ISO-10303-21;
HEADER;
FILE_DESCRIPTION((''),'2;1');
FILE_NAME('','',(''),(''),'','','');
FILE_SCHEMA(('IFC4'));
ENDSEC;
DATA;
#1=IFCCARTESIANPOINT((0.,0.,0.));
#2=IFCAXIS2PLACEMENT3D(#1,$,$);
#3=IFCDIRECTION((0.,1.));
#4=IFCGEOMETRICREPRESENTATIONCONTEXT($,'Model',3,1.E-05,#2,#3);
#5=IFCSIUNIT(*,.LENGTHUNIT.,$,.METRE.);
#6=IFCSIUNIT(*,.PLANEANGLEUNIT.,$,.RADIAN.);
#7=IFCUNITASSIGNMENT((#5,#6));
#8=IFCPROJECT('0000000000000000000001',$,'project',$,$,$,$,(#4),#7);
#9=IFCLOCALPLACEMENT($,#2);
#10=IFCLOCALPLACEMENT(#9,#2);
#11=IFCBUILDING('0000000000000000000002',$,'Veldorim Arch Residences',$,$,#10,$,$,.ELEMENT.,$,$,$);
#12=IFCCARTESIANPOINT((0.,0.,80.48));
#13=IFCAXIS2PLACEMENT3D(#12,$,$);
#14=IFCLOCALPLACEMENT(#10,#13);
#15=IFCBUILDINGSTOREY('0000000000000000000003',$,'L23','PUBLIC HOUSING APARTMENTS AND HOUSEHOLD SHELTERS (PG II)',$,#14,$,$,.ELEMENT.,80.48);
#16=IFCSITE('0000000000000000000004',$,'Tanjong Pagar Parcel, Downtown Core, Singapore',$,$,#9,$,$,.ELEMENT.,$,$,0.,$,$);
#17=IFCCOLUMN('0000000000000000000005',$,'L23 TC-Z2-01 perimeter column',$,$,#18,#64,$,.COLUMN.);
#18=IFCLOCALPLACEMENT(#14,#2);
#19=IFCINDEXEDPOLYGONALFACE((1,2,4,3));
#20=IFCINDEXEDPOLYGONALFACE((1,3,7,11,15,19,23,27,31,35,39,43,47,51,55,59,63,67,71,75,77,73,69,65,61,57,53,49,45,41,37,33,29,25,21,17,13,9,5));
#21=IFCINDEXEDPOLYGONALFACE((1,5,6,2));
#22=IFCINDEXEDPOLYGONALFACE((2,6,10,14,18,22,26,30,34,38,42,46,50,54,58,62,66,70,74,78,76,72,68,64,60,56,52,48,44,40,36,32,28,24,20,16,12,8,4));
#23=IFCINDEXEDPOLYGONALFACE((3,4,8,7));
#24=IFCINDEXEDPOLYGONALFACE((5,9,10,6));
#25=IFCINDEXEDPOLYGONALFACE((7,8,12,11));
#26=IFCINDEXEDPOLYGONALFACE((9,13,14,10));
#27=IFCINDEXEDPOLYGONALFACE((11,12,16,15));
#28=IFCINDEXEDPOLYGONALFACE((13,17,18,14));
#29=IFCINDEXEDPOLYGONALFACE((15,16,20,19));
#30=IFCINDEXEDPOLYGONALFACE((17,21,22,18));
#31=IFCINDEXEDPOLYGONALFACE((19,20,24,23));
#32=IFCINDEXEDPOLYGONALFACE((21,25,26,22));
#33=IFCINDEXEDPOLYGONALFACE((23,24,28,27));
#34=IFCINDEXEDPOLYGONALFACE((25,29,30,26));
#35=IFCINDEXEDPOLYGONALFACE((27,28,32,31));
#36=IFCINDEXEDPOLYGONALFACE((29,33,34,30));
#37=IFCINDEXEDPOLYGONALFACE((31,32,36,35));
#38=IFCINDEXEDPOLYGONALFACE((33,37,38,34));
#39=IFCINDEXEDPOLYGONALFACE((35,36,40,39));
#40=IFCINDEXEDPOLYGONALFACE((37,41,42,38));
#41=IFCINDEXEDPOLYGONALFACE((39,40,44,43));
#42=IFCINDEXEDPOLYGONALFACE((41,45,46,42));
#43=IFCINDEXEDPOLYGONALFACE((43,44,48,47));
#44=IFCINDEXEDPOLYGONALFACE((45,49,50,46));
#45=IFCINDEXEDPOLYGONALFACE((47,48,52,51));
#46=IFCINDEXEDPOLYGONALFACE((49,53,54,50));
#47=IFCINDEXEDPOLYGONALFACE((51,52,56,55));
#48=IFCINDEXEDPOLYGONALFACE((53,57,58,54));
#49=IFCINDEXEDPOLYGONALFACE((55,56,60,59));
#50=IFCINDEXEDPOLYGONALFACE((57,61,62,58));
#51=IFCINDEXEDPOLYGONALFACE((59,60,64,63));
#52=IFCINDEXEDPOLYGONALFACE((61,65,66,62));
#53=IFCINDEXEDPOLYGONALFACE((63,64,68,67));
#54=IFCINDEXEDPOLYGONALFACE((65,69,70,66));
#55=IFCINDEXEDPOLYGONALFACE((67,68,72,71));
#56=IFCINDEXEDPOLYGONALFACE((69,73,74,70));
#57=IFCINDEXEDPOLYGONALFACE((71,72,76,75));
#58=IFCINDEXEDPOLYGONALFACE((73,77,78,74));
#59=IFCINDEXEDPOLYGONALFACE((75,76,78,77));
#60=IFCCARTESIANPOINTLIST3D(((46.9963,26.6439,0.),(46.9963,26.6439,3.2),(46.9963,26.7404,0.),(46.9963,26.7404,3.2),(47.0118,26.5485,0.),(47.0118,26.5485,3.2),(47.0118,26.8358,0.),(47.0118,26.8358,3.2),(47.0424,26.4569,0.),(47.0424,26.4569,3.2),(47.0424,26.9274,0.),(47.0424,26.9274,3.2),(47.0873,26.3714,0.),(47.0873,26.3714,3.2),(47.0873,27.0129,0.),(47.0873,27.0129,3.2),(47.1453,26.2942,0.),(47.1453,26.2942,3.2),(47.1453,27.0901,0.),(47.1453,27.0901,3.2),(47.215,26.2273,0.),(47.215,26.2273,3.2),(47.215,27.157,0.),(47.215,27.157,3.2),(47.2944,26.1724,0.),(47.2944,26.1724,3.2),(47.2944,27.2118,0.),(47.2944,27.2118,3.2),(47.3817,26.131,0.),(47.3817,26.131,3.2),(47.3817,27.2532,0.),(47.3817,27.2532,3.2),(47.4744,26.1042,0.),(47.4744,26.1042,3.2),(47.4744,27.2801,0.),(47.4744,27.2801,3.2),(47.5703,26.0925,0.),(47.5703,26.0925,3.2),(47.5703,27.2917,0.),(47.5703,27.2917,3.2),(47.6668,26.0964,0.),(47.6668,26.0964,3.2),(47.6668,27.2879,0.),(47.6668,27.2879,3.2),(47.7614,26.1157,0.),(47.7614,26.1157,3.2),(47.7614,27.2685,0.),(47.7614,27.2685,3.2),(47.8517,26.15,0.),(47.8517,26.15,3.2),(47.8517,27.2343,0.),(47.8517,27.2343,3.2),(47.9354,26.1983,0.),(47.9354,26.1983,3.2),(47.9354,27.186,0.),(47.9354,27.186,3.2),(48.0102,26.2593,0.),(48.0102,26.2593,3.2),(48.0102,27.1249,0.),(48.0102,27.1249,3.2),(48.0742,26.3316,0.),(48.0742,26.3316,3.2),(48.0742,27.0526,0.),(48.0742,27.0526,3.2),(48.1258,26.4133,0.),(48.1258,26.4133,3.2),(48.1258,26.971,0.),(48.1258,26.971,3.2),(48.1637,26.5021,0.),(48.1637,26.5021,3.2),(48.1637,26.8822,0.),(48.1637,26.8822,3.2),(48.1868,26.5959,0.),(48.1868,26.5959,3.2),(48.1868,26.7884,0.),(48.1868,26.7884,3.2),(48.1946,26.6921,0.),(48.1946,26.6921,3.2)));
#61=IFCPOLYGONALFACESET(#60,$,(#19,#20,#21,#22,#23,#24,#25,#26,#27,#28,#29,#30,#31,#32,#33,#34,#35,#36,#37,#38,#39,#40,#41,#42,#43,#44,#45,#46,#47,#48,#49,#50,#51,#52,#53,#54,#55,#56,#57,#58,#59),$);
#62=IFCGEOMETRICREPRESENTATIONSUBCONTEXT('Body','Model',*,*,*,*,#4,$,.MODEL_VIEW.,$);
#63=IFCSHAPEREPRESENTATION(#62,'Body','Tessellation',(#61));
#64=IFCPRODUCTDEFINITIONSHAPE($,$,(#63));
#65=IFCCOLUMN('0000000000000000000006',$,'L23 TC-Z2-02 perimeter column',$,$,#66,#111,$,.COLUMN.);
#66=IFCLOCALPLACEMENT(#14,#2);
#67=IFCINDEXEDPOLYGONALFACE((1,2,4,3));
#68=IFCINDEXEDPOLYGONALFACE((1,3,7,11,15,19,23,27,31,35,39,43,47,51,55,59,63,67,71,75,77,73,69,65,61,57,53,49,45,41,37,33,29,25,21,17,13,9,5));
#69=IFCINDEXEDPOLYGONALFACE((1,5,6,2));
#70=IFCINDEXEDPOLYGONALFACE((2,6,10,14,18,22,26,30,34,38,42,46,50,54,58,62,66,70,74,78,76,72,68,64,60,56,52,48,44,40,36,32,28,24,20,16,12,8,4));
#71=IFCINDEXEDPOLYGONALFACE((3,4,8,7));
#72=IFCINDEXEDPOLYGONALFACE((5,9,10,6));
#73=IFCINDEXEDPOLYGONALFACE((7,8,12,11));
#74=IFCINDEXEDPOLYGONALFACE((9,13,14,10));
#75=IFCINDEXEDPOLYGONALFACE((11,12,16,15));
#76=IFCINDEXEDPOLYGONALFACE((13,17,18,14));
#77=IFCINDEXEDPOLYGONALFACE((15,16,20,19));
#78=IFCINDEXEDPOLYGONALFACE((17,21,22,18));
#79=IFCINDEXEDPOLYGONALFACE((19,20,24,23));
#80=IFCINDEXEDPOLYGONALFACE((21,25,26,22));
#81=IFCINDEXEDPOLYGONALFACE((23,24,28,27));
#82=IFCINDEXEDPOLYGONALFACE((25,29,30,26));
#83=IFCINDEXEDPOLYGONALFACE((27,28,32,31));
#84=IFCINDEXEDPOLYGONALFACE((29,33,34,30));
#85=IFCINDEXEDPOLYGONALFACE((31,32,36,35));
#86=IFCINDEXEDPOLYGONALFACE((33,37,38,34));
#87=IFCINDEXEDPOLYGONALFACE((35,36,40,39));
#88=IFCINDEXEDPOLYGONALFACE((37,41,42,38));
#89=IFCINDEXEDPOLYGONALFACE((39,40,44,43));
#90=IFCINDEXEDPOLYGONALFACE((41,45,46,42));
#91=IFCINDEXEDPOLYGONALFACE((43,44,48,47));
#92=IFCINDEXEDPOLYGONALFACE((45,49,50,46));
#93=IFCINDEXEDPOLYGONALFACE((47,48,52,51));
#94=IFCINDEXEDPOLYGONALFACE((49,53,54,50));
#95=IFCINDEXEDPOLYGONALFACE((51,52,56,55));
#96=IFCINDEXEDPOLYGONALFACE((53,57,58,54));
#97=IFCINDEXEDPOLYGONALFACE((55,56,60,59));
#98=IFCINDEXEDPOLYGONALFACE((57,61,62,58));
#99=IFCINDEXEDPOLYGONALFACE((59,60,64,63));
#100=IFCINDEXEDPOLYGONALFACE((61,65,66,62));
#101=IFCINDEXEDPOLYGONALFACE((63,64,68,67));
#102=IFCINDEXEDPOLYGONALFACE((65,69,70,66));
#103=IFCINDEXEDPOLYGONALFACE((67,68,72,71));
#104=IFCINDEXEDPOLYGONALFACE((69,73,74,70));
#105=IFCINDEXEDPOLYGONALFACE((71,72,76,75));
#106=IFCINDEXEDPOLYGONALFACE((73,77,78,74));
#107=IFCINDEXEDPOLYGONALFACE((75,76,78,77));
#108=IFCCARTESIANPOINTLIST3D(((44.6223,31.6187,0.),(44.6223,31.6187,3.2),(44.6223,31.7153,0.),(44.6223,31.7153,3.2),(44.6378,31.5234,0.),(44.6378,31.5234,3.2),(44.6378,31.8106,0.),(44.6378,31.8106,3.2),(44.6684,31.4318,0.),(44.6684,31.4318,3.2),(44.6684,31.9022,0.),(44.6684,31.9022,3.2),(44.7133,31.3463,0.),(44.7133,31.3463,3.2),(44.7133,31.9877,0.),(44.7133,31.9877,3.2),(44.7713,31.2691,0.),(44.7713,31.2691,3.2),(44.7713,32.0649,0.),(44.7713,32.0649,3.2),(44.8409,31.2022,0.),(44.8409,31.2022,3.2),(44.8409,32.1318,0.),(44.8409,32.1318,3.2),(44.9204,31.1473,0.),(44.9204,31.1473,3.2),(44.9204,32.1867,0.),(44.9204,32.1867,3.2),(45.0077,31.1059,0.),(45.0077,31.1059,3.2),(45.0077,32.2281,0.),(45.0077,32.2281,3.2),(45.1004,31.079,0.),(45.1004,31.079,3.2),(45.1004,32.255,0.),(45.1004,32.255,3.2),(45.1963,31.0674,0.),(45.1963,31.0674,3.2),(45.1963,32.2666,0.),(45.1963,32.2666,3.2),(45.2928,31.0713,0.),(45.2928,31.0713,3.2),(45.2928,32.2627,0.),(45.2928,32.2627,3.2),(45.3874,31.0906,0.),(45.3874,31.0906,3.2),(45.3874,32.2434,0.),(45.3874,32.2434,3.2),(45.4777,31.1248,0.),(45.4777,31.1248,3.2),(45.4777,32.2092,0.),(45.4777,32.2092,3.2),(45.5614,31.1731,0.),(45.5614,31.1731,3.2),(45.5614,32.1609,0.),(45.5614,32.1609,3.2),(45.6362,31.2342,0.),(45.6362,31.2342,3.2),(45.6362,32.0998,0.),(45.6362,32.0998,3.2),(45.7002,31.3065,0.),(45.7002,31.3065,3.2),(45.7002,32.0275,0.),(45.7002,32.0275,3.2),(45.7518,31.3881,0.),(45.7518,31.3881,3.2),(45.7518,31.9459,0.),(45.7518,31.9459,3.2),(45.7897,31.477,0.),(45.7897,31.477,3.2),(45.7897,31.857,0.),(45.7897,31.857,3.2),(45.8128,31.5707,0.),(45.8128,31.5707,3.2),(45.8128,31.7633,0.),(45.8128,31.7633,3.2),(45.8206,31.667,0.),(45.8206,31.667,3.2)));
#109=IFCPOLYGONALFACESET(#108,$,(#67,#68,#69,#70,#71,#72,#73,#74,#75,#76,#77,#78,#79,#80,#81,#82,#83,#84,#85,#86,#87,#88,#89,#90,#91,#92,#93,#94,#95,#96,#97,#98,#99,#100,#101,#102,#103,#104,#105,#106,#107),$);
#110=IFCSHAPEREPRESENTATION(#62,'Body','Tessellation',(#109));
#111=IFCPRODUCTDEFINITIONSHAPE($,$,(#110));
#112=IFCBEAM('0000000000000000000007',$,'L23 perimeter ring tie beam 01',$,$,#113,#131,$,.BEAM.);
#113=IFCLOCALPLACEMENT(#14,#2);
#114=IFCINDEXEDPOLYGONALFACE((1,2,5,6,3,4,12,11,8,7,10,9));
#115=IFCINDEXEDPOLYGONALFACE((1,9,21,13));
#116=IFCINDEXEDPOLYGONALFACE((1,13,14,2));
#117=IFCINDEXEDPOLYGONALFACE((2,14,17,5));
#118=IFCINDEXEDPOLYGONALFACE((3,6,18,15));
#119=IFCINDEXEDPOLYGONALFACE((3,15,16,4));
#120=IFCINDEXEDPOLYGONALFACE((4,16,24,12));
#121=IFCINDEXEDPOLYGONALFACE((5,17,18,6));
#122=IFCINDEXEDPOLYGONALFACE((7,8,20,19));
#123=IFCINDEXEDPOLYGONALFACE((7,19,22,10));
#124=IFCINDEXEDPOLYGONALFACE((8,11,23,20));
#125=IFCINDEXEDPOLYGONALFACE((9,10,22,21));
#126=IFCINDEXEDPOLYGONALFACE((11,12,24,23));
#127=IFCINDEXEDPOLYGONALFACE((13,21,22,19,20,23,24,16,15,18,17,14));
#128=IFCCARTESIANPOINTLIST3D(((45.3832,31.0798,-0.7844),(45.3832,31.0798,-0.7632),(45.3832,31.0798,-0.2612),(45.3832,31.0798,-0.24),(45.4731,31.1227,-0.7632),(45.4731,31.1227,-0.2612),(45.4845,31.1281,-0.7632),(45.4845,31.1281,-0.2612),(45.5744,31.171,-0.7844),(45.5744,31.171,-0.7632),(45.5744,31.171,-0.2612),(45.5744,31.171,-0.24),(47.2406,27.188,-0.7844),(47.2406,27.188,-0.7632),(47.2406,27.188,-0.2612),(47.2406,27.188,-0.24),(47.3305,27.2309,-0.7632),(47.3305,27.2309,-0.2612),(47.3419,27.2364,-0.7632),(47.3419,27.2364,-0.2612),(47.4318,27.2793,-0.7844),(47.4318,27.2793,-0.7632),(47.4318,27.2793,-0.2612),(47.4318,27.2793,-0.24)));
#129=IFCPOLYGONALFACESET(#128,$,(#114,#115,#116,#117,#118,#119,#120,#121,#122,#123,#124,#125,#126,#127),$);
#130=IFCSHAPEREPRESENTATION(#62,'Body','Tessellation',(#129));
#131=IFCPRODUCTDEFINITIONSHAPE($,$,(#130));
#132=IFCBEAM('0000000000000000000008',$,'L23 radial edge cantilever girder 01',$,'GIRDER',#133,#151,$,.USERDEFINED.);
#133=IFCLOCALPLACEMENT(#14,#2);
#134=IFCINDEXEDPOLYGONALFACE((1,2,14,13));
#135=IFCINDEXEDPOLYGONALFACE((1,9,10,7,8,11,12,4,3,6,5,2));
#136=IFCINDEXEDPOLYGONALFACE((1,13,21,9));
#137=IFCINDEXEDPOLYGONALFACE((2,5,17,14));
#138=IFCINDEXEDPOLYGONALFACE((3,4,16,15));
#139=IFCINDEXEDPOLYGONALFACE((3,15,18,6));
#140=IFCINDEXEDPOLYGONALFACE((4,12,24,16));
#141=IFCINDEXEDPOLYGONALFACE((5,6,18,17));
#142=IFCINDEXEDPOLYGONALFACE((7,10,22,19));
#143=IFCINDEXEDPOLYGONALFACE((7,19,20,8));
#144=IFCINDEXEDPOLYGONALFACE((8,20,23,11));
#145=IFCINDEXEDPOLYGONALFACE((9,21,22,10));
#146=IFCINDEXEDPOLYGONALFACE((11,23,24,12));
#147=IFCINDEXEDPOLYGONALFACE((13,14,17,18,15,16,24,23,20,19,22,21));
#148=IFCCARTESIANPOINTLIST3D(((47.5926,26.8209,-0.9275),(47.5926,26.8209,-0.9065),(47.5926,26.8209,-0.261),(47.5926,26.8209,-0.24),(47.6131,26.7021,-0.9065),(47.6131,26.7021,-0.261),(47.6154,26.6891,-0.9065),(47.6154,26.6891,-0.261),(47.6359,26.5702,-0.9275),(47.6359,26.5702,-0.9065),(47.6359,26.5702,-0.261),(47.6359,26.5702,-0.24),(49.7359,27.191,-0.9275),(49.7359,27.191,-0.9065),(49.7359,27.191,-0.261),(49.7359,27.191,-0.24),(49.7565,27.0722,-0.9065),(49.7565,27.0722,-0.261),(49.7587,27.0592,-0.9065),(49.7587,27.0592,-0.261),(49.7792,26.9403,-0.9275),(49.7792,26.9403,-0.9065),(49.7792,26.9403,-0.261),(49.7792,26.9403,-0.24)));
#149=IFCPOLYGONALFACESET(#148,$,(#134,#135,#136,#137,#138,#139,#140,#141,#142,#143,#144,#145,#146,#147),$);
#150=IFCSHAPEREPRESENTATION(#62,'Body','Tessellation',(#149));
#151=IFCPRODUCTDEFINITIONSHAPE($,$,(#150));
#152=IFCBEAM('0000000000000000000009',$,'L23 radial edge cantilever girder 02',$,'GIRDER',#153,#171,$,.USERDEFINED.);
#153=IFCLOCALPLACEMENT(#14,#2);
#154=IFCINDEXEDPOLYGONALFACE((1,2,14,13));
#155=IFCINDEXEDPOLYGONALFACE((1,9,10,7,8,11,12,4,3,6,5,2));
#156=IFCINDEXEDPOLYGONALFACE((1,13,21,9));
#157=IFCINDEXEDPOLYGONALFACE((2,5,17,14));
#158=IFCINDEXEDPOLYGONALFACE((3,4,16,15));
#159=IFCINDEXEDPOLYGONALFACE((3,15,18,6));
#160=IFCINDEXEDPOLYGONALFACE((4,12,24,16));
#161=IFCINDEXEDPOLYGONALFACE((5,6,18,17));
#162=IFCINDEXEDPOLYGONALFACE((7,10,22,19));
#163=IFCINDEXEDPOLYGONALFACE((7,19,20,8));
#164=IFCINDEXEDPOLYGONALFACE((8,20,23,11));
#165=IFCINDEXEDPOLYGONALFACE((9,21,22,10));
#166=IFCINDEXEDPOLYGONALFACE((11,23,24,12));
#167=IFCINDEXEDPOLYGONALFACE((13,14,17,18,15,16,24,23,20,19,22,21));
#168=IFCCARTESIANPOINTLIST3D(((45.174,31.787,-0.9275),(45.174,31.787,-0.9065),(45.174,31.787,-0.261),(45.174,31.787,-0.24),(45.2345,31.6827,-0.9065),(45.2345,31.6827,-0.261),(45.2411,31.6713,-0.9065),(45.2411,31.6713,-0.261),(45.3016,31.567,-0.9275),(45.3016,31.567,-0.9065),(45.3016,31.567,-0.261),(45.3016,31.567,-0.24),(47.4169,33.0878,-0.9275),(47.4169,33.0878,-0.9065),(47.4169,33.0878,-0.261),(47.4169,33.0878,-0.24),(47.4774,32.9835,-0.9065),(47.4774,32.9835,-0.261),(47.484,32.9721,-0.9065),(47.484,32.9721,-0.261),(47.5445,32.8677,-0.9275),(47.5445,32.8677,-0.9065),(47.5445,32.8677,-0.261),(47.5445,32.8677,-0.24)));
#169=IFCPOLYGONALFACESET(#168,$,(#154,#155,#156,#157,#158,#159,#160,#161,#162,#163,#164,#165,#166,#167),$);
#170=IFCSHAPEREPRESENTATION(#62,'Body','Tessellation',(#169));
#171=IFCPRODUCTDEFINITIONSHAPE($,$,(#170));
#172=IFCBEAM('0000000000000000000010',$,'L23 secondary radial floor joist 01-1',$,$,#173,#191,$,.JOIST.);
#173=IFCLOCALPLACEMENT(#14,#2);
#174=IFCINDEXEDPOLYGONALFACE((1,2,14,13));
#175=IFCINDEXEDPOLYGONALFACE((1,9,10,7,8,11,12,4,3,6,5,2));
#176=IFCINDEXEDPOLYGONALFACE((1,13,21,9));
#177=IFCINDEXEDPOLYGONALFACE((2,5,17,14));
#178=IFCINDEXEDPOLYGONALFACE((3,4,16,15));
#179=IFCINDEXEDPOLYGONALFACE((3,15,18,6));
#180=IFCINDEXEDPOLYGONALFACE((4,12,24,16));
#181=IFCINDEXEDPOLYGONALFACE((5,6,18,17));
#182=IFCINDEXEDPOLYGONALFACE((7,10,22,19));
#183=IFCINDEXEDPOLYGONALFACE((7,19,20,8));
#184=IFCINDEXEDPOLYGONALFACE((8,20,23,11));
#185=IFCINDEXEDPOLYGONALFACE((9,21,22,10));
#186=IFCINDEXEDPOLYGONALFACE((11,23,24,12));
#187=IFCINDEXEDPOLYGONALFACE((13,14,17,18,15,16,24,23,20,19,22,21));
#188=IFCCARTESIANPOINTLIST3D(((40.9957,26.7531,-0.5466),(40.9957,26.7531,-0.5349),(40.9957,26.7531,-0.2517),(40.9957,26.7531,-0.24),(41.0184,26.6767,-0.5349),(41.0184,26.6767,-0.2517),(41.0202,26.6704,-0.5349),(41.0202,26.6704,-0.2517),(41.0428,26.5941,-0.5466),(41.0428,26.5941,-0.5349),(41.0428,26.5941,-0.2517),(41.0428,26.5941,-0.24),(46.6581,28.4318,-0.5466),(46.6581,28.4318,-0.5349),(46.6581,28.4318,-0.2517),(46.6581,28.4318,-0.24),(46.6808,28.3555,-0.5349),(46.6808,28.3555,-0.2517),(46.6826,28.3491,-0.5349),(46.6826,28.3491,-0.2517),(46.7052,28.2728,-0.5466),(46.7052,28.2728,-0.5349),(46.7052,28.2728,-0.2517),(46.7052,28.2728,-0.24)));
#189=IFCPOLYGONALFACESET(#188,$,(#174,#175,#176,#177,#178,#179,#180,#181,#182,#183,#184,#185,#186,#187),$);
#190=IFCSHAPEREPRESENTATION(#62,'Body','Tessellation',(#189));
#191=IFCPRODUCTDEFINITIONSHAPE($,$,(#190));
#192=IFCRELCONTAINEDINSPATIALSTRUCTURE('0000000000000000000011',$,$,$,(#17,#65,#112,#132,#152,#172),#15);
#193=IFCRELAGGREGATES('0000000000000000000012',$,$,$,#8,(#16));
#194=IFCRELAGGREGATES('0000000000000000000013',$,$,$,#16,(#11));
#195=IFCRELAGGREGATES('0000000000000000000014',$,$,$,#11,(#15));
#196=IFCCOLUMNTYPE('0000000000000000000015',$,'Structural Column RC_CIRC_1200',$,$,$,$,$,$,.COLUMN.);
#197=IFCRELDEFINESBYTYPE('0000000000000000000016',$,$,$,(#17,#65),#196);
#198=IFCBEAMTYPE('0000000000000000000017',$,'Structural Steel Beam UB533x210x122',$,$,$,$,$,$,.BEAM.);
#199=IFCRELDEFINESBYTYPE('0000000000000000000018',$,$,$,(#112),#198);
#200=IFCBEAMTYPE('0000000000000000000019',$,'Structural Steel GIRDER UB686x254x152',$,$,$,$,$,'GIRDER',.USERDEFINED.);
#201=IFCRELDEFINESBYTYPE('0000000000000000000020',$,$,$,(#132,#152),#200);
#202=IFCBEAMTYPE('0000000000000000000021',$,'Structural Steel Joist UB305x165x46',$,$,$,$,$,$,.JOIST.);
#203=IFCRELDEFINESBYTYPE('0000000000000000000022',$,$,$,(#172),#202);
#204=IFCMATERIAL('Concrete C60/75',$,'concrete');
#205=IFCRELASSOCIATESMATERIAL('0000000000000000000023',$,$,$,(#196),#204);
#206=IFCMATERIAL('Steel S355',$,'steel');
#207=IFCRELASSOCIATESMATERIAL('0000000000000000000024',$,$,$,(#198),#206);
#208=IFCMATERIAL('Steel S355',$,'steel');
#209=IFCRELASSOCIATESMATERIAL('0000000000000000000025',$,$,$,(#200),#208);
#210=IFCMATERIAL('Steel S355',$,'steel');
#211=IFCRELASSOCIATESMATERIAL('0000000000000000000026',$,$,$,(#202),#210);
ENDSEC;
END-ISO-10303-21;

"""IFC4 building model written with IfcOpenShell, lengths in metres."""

from ifc_helpers import new_model, si_unit, direction, frame, origin, origin_2d, place, context, subcontext, project, spatial, circle, i_section, extrude, material, material_profile, profile_set, type_object, element, save


model = new_model("IFC4")

# Units and contexts
model_context = context("Model", 3, precision=1e-05, world=origin(), true_north=direction((0.0, 1.0)))
body_context = subcontext(model_context, "Body", "Model", "MODEL_VIEW")
ifc_project = project(units=[si_unit("LENGTHUNIT", "METRE"), si_unit("PLANEANGLEUNIT", "RADIAN")], contexts=[model_context])

# Site, building, storey
site_placement = place(None, origin())
site = spatial("IfcSite", under=ifc_project, at=site_placement, Name="Tanjong Pagar Parcel, Downtown Core, Singapore", CompositionType="ELEMENT", RefElevation=0.0)
building_placement = place(site_placement, origin())
building = spatial("IfcBuilding", under=site, at=building_placement, Name="Veldorim Arch Residences", CompositionType="ELEMENT")
storey_placement = place(building_placement, frame((0.0, 0.0, 80.48)))
storey = spatial("IfcBuildingStorey", under=building, at=storey_placement, Name="L23", Description="PUBLIC HOUSING APARTMENTS AND HOUSEHOLD SHELTERS (PG II)", CompositionType="ELEMENT", Elevation=80.48)

# Columns
ifc_material_1 = material(Name="Concrete C60/75", Category="concrete")
ifc_material_profile_1 = material_profile(ifc_material_1, circle(Radius=0.6001, at=origin_2d()), Name="RC_CIRC_1200")
ifc_profile_set_1 = profile_set([ifc_material_profile_1], Name="Concrete C60/75")
column_type = type_object("IfcColumnType", Name="Structural Column RC_CIRC_1200", PredefinedType="COLUMN", material=ifc_profile_set_1)
for number, where, z_axis, x_axis, name in (
    (1, (47.5945, 26.6921, 0.0), (0.0, 0.0, 1.0), (1.0, 0.0, 0.0), "L23 TC-Z2-01 perimeter column"),
    (2, (45.2205, 31.667, 0.0), (0.0, 0.0, 1.0), (1.0, 0.0, 0.0), "L23 TC-Z2-02 perimeter column"),
):
    element("IfcColumn", number, at=place(storey_placement, frame(where, z_axis=z_axis, x_axis=x_axis)), inside=storey, type_object=column_type, Name=name, PredefinedType="COLUMN", context=body_context, shape_type="SweptSolid", body=[
        extrude(circle(Radius=0.6001, at=origin_2d()), origin(), (0.0, 0.0, 1.0), 3.2),
    ])

# Beams
ifc_material_2 = material(Name="Steel S355", Category="steel")
ifc_material_profile_2 = material_profile(ifc_material_2, i_section(OverallWidth=0.2119, OverallDepth=0.5444, WebThickness=0.0127, FlangeThickness=0.0212, at=origin_2d()), Name="UB533x210x122")
ifc_profile_set_2 = profile_set([ifc_material_profile_2], Name="Steel S355")
beam_type_1 = type_object("IfcBeamType", Name="Structural Steel Beam UB533x210x122", PredefinedType="BEAM", material=ifc_profile_set_2)
beam_1_placement = place(storey_placement, frame((47.3362, 27.2336, -0.5122), z_axis=(-0.43072, 0.902486, 0.0), x_axis=(-0.902486, -0.43072, 0.0)))
element("IfcBeam", 3, at=beam_1_placement, inside=storey, type_object=beam_type_1, Name="L23 perimeter ring tie beam 01", PredefinedType="BEAM", context=body_context, shape_type="SweptSolid", body=[
    extrude(i_section(OverallWidth=0.2119, OverallDepth=0.5444, WebThickness=0.0127, FlangeThickness=0.0212, at=origin_2d()), origin(), (0.0, 0.0, 1.0), 4.3123),
])
ifc_material_3 = material(Name="Steel S355", Category="steel")
ifc_material_profile_3 = material_profile(ifc_material_3, i_section(OverallWidth=0.2544, OverallDepth=0.6875, WebThickness=0.0132, FlangeThickness=0.021, at=origin_2d()), Name="UB686x254x152")
ifc_profile_set_3 = profile_set([ifc_material_profile_3], Name="Steel S355")
beam_type_2 = type_object("IfcBeamType", Name="Structural Steel GIRDER UB686x254x152", ElementType="GIRDER", PredefinedType="USERDEFINED", material=ifc_profile_set_3)
beam_2_placement = place(storey_placement, frame((47.6143, 26.6956, -0.5837), z_axis=(0.985415, 0.170166, 0.0), x_axis=(-0.170166, 0.985415, 0.0)))
element("IfcBeam", 4, at=beam_2_placement, inside=storey, type_object=beam_type_2, Name="L23 radial edge cantilever girder 01", ObjectType="GIRDER", PredefinedType="USERDEFINED", context=body_context, shape_type="SweptSolid", body=[
    extrude(i_section(OverallWidth=0.2544, OverallDepth=0.6875, WebThickness=0.0132, FlangeThickness=0.021, at=origin_2d()), origin(), (0.0, 0.0, 1.0), 2.175),
])
beam_3_placement = place(storey_placement, frame((45.2378, 31.677, -0.5837), z_axis=(0.86505, 0.501686, 0.0), x_axis=(-0.501686, 0.86505, 0.0)))
element("IfcBeam", 5, at=beam_3_placement, inside=storey, type_object=beam_type_2, Name="L23 radial edge cantilever girder 02", ObjectType="GIRDER", PredefinedType="USERDEFINED", context=body_context, shape_type="SweptSolid", body=[
    extrude(i_section(OverallWidth=0.2544, OverallDepth=0.6875, WebThickness=0.0132, FlangeThickness=0.021, at=origin_2d()), origin(), (0.0, 0.0, 1.0), 2.5928),
])
ifc_material_4 = material(Name="Steel S355", Category="steel")
ifc_material_profile_4 = material_profile(ifc_material_4, i_section(OverallWidth=0.1658, OverallDepth=0.3066, WebThickness=0.0066, FlangeThickness=0.0117, at=origin_2d()), Name="UB305x165x46")
ifc_profile_set_4 = profile_set([ifc_material_profile_4], Name="Steel S355")
beam_type_3 = type_object("IfcBeamType", Name="Structural Steel Joist UB305x165x46", PredefinedType="JOIST", material=ifc_profile_set_4)
beam_4_placement = place(storey_placement, frame((41.0193, 26.6736, -0.3933), z_axis=(0.958753, 0.28424, 0.0), x_axis=(-0.28424, 0.958753, 0.0)))
element("IfcBeam", 6, at=beam_4_placement, inside=storey, type_object=beam_type_3, Name="L23 secondary radial floor joist 01-1", PredefinedType="JOIST", context=body_context, shape_type="SweptSolid", body=[
    extrude(i_section(OverallWidth=0.1658, OverallDepth=0.3066, WebThickness=0.0066, FlangeThickness=0.0117, at=origin_2d()), origin(), (0.0, 0.0, 1.0), 5.906),
])

save(model, "model.ifc")
